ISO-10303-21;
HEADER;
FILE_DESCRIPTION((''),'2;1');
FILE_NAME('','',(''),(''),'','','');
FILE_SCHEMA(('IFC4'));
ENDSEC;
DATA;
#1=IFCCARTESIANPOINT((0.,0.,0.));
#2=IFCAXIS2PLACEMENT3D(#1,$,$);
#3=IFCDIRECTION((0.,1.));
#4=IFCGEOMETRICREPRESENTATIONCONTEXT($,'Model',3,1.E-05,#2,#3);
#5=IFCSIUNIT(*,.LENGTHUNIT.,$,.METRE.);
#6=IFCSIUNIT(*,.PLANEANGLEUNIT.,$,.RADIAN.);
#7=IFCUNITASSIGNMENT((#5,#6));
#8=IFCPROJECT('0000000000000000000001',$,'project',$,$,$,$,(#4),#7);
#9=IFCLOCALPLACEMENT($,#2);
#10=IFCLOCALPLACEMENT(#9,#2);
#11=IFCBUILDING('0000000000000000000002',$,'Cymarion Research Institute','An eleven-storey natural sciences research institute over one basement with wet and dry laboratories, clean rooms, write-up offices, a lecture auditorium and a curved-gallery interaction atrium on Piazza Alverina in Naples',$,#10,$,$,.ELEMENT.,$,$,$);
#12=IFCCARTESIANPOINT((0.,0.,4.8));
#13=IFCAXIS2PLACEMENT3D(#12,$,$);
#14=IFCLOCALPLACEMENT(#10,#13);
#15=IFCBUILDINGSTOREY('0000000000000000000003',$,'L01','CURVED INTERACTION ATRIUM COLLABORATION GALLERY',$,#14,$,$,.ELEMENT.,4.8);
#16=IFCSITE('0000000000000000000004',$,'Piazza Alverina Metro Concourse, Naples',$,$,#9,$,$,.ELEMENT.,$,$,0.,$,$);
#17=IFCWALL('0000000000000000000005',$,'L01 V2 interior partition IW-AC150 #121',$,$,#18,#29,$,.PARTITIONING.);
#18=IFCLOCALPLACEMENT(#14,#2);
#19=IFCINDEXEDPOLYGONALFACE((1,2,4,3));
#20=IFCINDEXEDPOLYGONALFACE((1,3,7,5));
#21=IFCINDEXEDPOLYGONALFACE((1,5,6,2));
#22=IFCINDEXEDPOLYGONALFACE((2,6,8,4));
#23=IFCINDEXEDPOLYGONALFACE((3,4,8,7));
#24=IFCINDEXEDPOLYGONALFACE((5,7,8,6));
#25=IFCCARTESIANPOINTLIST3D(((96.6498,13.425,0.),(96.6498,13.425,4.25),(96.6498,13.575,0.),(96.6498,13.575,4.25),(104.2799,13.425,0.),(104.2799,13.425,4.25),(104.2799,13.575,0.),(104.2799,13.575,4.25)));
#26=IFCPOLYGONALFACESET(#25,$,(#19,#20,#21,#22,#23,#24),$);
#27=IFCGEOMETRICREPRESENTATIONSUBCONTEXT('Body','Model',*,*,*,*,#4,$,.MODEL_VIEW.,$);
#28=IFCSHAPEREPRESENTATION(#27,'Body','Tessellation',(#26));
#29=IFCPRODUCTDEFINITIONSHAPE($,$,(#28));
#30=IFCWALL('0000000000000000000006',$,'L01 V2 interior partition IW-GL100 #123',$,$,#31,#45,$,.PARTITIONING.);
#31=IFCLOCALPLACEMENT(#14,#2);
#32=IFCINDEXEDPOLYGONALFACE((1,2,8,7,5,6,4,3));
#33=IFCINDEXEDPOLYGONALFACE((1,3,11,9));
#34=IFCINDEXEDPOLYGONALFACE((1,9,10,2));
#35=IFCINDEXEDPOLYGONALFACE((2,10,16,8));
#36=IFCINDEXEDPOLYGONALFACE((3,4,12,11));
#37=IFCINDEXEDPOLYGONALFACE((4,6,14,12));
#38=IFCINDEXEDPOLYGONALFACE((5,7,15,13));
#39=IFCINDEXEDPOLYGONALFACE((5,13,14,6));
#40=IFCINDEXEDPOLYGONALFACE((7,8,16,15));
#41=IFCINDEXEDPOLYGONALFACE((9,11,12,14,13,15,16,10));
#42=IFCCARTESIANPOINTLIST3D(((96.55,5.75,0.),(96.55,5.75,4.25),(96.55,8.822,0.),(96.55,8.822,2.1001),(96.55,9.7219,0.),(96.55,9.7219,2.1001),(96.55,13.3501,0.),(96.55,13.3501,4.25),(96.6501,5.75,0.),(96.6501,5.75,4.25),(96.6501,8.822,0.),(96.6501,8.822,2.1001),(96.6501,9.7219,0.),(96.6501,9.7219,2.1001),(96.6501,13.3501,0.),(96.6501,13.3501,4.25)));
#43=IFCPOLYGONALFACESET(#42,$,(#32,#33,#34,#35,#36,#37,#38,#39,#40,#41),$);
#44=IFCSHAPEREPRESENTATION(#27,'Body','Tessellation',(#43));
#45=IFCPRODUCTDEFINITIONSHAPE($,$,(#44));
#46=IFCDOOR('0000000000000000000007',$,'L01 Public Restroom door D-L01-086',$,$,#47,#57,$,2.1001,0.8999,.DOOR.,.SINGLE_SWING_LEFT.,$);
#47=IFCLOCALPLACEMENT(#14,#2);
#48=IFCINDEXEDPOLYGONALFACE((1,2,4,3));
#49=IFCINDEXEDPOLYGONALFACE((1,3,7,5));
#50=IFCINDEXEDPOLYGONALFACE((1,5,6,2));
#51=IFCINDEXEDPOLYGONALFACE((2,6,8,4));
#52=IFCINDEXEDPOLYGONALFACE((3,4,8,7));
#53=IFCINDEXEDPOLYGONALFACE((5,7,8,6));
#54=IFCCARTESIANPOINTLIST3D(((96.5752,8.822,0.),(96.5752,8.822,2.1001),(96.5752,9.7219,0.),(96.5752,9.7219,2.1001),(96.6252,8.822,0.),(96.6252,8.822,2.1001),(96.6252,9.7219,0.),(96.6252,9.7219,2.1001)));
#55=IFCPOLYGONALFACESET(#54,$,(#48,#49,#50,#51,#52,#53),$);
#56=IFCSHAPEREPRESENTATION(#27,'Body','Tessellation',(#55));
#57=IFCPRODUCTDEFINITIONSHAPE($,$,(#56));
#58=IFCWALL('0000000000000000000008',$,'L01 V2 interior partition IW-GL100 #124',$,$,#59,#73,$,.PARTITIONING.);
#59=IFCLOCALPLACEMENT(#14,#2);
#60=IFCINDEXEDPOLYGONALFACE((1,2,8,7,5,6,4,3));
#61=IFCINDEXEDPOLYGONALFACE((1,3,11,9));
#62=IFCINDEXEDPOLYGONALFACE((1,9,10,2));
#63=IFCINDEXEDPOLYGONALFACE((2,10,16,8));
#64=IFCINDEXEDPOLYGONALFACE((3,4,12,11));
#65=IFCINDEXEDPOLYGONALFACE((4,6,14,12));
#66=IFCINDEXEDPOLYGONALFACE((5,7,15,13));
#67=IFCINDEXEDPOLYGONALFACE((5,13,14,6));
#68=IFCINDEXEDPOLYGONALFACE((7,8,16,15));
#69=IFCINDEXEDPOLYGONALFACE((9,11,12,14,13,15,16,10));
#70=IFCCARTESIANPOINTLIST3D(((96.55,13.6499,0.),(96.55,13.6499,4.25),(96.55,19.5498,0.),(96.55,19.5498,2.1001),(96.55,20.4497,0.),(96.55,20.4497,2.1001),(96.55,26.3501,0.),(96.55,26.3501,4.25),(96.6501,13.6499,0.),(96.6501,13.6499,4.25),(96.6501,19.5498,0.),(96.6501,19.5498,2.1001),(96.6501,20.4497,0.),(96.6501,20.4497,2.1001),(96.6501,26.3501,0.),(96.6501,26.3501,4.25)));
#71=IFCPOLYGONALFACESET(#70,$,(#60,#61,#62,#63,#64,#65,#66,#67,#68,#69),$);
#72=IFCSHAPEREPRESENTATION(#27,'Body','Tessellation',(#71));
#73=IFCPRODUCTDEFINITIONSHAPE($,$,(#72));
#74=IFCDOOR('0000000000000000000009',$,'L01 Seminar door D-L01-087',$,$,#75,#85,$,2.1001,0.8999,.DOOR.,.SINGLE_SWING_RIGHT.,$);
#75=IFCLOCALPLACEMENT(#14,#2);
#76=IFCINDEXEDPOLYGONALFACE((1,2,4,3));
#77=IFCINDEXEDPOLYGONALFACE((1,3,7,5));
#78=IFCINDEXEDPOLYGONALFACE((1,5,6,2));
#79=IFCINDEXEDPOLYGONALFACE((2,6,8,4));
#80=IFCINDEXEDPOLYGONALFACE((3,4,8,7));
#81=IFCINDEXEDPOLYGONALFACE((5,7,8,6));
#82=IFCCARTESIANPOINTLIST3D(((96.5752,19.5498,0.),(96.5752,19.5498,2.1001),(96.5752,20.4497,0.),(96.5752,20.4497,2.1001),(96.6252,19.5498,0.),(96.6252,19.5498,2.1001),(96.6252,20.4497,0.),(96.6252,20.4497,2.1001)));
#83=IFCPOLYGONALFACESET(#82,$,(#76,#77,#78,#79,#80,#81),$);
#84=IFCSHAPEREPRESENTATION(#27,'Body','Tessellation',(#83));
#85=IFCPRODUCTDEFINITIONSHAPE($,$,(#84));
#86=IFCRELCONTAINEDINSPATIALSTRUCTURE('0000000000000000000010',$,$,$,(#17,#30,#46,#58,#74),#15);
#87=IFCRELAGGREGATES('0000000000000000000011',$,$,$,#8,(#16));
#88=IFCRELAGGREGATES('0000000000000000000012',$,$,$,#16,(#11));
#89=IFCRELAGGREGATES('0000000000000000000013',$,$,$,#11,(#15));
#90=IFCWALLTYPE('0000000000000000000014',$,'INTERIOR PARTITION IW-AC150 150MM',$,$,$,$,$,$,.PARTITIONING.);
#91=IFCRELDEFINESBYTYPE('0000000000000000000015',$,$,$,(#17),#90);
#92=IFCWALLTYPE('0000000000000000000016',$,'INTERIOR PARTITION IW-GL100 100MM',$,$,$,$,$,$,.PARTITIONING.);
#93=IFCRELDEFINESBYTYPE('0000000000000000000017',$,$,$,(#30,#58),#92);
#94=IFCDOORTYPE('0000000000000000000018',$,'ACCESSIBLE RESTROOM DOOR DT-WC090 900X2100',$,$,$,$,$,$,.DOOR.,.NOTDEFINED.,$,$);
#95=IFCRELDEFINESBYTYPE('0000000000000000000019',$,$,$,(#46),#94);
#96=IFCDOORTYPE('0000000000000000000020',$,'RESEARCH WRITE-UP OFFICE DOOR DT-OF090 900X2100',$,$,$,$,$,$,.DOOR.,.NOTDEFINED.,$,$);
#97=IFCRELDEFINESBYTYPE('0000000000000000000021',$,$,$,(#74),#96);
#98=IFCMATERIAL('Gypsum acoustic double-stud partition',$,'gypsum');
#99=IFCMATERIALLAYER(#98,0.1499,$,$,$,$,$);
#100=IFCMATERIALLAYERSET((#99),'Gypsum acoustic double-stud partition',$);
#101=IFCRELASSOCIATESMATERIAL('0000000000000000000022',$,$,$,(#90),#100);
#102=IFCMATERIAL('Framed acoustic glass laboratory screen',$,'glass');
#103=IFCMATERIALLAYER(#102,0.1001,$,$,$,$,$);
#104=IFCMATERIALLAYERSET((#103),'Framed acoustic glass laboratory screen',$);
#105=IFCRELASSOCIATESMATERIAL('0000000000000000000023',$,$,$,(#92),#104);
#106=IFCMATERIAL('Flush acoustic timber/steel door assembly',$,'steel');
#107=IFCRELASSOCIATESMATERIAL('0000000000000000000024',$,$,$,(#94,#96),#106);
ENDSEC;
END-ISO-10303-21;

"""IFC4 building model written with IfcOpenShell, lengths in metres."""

from ifc_helpers import new_model, si_unit, direction, frame, frame_2d, origin, place, context, subcontext, project, spatial, rectangle, extrude, material, layer, layer_set, type_object, element, fill, save


model = new_model("IFC4")

# Units and contexts
model_context = context("Model", 3, precision=1e-05, world=origin(), true_north=direction((0.0, 1.0)))
body_context = subcontext(model_context, "Body", "Model", "MODEL_VIEW")
ifc_project = project(units=[si_unit("LENGTHUNIT", "METRE"), si_unit("PLANEANGLEUNIT", "RADIAN")], contexts=[model_context])

# Site, building, storey
site_placement = place(None, origin())
site = spatial("IfcSite", under=ifc_project, at=site_placement, Name="Piazza Alverina Metro Concourse, Naples", CompositionType="ELEMENT", RefElevation=0.0)
building_placement = place(site_placement, origin())
building = spatial("IfcBuilding", under=site, at=building_placement, Name="Cymarion Research Institute", Description="An eleven-storey natural sciences research institute over one basement with wet and dry laboratories, clean rooms, write-up offices, a lecture auditorium and a curved-gallery interaction atrium on Piazza Alverina in Naples", CompositionType="ELEMENT")
storey_placement = place(building_placement, frame((0.0, 0.0, 4.8)))
storey = spatial("IfcBuildingStorey", under=building, at=storey_placement, Name="L01", Description="CURVED INTERACTION ATRIUM COLLABORATION GALLERY", CompositionType="ELEMENT", Elevation=4.8)

# Wall
ifc_material_1 = material(Name="Gypsum acoustic double-stud partition", Category="gypsum")
ifc_layer_1 = layer(ifc_material_1, 0.1499)
ifc_layer_set_1 = layer_set([ifc_layer_1], Name="Gypsum acoustic double-stud partition")
wall_type_1 = type_object("IfcWallType", Name="INTERIOR PARTITION IW-AC150 150MM", PredefinedType="PARTITIONING", material=ifc_layer_set_1)
wall_1_placement = place(storey_placement, frame((96.6499, 13.5, 0.0), z_axis=(0.0, 0.0, 1.0), x_axis=(1.0, 0.0, 0.0)))
element("IfcWall", 1, at=wall_1_placement, inside=storey, type_object=wall_type_1, Name="L01 V2 interior partition IW-AC150 #121", PredefinedType="PARTITIONING", context=body_context, shape_type="SweptSolid", body=[
    extrude(rectangle(XDim=7.6301, YDim=0.1499, at=frame_2d((3.8149, 0.0))), origin(), (0.0, 0.0, 1.0), 4.25),
])

# Walls, openings, doors
ifc_material_2 = material(Name="Framed acoustic glass laboratory screen", Category="glass")
ifc_layer_2 = layer(ifc_material_2, 0.1001)
ifc_layer_set_2 = layer_set([ifc_layer_2], Name="Framed acoustic glass laboratory screen")
wall_type_2 = type_object("IfcWallType", Name="INTERIOR PARTITION IW-GL100 100MM", PredefinedType="PARTITIONING", material=ifc_layer_set_2)
wall_2_placement = place(storey_placement, frame((96.6001, 5.75, 0.0), z_axis=(0.0, 0.0, 1.0), x_axis=(0.0, 1.0, 0.0)))
wall_2 = element("IfcWall", 2, at=wall_2_placement, inside=storey, type_object=wall_type_2, Name="L01 V2 interior partition IW-GL100 #123", PredefinedType="PARTITIONING", context=body_context, shape_type="SweptSolid", body=[
    extrude(rectangle(XDim=7.6001, YDim=0.1001, at=frame_2d((3.8, 0.0))), origin(), (0.0, 0.0, 1.0), 4.25),
])
opening_1_placement = place(wall_2_placement, frame((3.072, 0.0, 0.0)))
opening_1 = element("IfcOpeningElement", 3, at=opening_1_placement, cuts=wall_2, PredefinedType="OPENING", context=body_context, shape_type="SweptSolid", body=[
    extrude(rectangle(XDim=0.8999, YDim=2.1001, at=frame_2d((0.45, 1.05))), frame((0.0, 0.0601, 0.0), z_axis=(0.0, -1.0, 0.0), x_axis=(1.0, 0.0, 0.0)), (0.0, 0.0, 1.0), 0.1201),
])
ifc_material_3 = material(Name="Flush acoustic timber/steel door assembly", Category="steel")
door_type_1 = type_object("IfcDoorType", Name="ACCESSIBLE RESTROOM DOOR DT-WC090 900X2100", OperationType="NOTDEFINED", PredefinedType="DOOR", material=ifc_material_3)
door_1_placement = place(opening_1_placement, origin())
door_1 = element("IfcDoor", 4, at=door_1_placement, inside=storey, type_object=door_type_1, Name="L01 Public Restroom door D-L01-086", OperationType="SINGLE_SWING_LEFT", OverallHeight=2.1001, OverallWidth=0.8999, PredefinedType="DOOR", context=body_context, shape_type="SweptSolid", body=[
    extrude(rectangle(XDim=0.8999, YDim=2.1001, at=frame_2d((0.45, 1.05))), frame((0.0, 0.0249, 0.0), z_axis=(0.0, -1.0, 0.0), x_axis=(1.0, 0.0, 0.0)), (0.0, 0.0, 1.0), 0.05),
])
fill(opening_1, door_1)
wall_3_placement = place(storey_placement, frame((96.6001, 13.6499, 0.0), z_axis=(0.0, 0.0, 1.0), x_axis=(0.0, 1.0, 0.0)))
wall_3 = element("IfcWall", 5, at=wall_3_placement, inside=storey, type_object=wall_type_2, Name="L01 V2 interior partition IW-GL100 #124", PredefinedType="PARTITIONING", context=body_context, shape_type="SweptSolid", body=[
    extrude(rectangle(XDim=12.7002, YDim=0.1001, at=frame_2d((6.3501, 0.0))), origin(), (0.0, 0.0, 1.0), 4.25),
])
opening_2_placement = place(wall_3_placement, frame((5.8999, 0.0, 0.0)))
opening_2 = element("IfcOpeningElement", 6, at=opening_2_placement, cuts=wall_3, PredefinedType="OPENING", context=body_context, shape_type="SweptSolid", body=[
    extrude(rectangle(XDim=0.8999, YDim=2.1001, at=frame_2d((0.45, 1.05))), frame((0.0, 0.0601, 0.0), z_axis=(0.0, -1.0, 0.0), x_axis=(1.0, 0.0, 0.0)), (0.0, 0.0, 1.0), 0.1201),
])
door_type_2 = type_object("IfcDoorType", Name="RESEARCH WRITE-UP OFFICE DOOR DT-OF090 900X2100", OperationType="NOTDEFINED", PredefinedType="DOOR", material=ifc_material_3)
door_2_placement = place(opening_2_placement, origin())
door_2 = element("IfcDoor", 7, at=door_2_placement, inside=storey, type_object=door_type_2, Name="L01 Seminar door D-L01-087", OperationType="SINGLE_SWING_RIGHT", OverallHeight=2.1001, OverallWidth=0.8999, PredefinedType="DOOR", context=body_context, shape_type="SweptSolid", body=[
    extrude(rectangle(XDim=0.8999, YDim=2.1001, at=frame_2d((0.45, 1.05))), frame((0.0, 0.0249, 0.0), z_axis=(0.0, -1.0, 0.0), x_axis=(1.0, 0.0, 0.0)), (0.0, 0.0, 1.0), 0.05),
])
fill(opening_2, door_2)

save(model, "model.ifc")
